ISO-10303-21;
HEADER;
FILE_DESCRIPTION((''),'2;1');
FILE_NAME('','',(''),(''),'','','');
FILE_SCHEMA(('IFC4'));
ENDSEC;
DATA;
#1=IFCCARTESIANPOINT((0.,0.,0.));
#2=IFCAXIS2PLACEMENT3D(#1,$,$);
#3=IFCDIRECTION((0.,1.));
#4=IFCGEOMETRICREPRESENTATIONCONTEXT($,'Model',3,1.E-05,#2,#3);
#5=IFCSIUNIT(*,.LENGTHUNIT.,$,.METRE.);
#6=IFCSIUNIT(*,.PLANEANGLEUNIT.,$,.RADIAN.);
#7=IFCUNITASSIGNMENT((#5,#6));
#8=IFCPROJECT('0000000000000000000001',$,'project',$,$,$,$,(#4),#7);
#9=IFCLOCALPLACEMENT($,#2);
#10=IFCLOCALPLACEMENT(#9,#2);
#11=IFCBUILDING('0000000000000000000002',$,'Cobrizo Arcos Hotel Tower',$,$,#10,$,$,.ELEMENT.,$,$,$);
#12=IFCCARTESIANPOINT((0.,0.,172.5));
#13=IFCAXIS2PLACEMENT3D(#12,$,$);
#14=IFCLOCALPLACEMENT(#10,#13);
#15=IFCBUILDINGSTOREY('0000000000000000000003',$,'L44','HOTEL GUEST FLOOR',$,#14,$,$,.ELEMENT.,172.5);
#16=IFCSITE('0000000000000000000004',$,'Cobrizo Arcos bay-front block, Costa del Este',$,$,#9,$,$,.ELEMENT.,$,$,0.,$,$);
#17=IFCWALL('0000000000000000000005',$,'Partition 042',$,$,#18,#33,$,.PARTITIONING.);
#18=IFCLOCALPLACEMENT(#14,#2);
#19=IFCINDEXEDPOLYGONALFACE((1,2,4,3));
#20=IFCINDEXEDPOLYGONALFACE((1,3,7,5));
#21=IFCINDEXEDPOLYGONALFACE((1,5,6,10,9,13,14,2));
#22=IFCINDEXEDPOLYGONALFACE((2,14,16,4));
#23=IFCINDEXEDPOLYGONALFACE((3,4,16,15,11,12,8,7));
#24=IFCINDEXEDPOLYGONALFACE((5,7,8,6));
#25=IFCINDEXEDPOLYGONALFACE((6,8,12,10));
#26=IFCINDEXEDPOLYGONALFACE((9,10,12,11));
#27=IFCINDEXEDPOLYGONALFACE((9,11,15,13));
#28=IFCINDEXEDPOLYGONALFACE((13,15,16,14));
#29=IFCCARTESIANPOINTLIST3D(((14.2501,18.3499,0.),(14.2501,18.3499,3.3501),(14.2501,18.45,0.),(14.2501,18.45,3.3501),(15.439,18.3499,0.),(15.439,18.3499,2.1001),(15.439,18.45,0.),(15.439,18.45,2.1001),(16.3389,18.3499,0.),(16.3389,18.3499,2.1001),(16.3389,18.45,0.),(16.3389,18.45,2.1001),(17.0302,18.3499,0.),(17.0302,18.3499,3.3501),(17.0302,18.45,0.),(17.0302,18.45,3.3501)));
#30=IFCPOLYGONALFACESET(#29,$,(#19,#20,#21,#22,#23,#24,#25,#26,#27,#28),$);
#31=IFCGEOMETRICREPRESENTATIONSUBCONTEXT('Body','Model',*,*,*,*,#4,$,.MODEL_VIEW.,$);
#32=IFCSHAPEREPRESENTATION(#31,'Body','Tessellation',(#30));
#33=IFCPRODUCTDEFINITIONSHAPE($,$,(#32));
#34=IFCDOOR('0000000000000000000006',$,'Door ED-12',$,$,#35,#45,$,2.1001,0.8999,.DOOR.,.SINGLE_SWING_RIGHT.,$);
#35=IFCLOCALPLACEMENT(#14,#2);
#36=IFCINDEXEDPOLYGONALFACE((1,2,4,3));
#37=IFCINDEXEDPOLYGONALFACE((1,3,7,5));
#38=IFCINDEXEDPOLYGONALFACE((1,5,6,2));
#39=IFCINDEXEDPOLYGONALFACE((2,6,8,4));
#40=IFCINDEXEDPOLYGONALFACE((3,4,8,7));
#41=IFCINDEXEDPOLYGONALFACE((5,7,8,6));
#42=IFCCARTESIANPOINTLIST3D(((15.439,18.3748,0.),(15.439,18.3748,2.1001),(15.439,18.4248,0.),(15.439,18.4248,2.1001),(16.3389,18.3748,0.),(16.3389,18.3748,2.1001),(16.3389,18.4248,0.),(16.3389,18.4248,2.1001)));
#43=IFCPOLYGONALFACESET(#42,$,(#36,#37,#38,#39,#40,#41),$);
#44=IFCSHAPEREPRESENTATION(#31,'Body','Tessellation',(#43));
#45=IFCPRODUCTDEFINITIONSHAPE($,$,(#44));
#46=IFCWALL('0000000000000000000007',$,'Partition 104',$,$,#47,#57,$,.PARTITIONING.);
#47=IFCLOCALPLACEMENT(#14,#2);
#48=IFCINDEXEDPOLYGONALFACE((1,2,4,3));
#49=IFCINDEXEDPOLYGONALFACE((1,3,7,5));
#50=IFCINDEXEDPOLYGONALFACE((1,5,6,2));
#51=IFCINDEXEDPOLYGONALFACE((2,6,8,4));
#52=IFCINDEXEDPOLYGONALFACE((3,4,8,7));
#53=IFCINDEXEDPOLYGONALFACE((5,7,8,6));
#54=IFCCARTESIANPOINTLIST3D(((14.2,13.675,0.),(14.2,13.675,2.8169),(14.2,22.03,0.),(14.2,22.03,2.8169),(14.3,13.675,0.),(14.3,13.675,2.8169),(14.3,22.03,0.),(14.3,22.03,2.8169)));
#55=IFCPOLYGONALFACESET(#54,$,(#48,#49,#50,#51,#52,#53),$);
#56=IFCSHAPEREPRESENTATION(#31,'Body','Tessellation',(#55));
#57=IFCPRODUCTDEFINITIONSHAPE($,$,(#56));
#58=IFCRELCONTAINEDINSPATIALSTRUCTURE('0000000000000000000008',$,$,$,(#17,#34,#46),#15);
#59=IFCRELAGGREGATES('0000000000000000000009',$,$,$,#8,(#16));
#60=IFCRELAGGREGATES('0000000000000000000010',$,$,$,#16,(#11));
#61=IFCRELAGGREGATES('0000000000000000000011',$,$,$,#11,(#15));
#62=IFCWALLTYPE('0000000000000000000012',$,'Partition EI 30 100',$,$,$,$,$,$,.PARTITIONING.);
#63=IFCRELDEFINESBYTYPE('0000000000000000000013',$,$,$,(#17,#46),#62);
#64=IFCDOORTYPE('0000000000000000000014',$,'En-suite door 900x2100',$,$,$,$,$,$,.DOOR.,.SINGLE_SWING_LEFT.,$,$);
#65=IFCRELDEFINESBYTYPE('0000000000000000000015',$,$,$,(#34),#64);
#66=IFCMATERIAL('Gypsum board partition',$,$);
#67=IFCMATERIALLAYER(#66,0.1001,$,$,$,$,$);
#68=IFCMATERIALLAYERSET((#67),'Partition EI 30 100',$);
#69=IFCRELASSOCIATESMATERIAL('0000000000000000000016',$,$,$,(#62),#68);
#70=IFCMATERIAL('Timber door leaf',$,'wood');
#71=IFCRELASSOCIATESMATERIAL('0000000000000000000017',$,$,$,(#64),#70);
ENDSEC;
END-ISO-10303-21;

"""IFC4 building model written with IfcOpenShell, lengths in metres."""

from ifc_helpers import new_model, si_unit, direction, frame, frame_2d, origin, place, context, subcontext, project, spatial, rectangle, extrude, material, layer, layer_set, type_object, element, fill, save


model = new_model("IFC4")

# Units and contexts
model_context = context("Model", 3, precision=1e-05, world=origin(), true_north=direction((0.0, 1.0)))
body_context = subcontext(model_context, "Body", "Model", "MODEL_VIEW")
ifc_project = project(units=[si_unit("LENGTHUNIT", "METRE"), si_unit("PLANEANGLEUNIT", "RADIAN")], contexts=[model_context])

# Site, building, storey
site_placement = place(None, origin())
site = spatial("IfcSite", under=ifc_project, at=site_placement, Name="Cobrizo Arcos bay-front block, Costa del Este", CompositionType="ELEMENT", RefElevation=0.0)
building_placement = place(site_placement, origin())
building = spatial("IfcBuilding", under=site, at=building_placement, Name="Cobrizo Arcos Hotel Tower", CompositionType="ELEMENT")
storey_placement = place(building_placement, frame((0.0, 0.0, 172.5)))
storey = spatial("IfcBuildingStorey", under=building, at=storey_placement, Name="L44", Description="HOTEL GUEST FLOOR", CompositionType="ELEMENT", Elevation=172.5)

# Wall, opening, door
ifc_material_1 = material(Name="Gypsum board partition")
ifc_layer_1 = layer(ifc_material_1, 0.1001)
ifc_layer_set_1 = layer_set([ifc_layer_1], Name="Partition EI 30 100")
wall_type = type_object("IfcWallType", Name="Partition EI 30 100", PredefinedType="PARTITIONING", material=ifc_layer_set_1)
wall_1_placement = place(storey_placement, frame((14.25, 18.3999, 0.0), z_axis=(0.0, 0.0, 1.0), x_axis=(1.0, 0.0, 0.0)))
wall_1 = element("IfcWall", 1, at=wall_1_placement, inside=storey, type_object=wall_type, Name="Partition 042", PredefinedType="PARTITIONING", context=body_context, shape_type="SweptSolid", body=[
    extrude(rectangle(XDim=2.78, YDim=0.1001, at=frame_2d((1.3901, 0.0))), origin(), (0.0, 0.0, 1.0), 3.3501),
])
opening_placement = place(wall_1_placement, frame((1.189, 0.0, 0.0)))
opening = element("IfcOpeningElement", 2, at=opening_placement, cuts=wall_1, PredefinedType="OPENING", context=body_context, shape_type="SweptSolid", body=[
    extrude(rectangle(XDim=0.8999, YDim=2.1001, at=frame_2d((0.45, 1.05))), frame((0.0, 0.062, 0.0), z_axis=(0.0, -1.0, 0.0), x_axis=(1.0, 0.0, 0.0)), (0.0, 0.0, 1.0), 0.124),
])
ifc_material_2 = material(Name="Timber door leaf", Category="wood")
door_type = type_object("IfcDoorType", Name="En-suite door 900x2100", OperationType="SINGLE_SWING_LEFT", PredefinedType="DOOR", material=ifc_material_2)
door_placement = place(opening_placement, origin())
door = element("IfcDoor", 3, at=door_placement, inside=storey, type_object=door_type, Name="Door ED-12", OperationType="SINGLE_SWING_RIGHT", OverallHeight=2.1001, OverallWidth=0.8999, PredefinedType="DOOR", context=body_context, shape_type="SweptSolid", body=[
    extrude(rectangle(XDim=0.8999, YDim=2.1001, at=frame_2d((0.45, 1.05))), frame((0.0, 0.0249, 0.0), z_axis=(0.0, -1.0, 0.0), x_axis=(1.0, 0.0, 0.0)), (0.0, 0.0, 1.0), 0.05),
])
fill(opening, door)

# Wall
wall_2_placement = place(storey_placement, frame((14.25, 13.675, 0.0), z_axis=(0.0, 0.0, 1.0), x_axis=(0.0, 1.0, 0.0)))
element("IfcWall", 4, at=wall_2_placement, inside=storey, type_object=wall_type, Name="Partition 104", PredefinedType="PARTITIONING", context=body_context, shape_type="SweptSolid", body=[
    extrude(rectangle(XDim=8.355, YDim=0.1001, at=frame_2d((4.1775, 0.0))), origin(), (0.0, 0.0, 1.0), 2.8169),
])

save(model, "model.ifc")
